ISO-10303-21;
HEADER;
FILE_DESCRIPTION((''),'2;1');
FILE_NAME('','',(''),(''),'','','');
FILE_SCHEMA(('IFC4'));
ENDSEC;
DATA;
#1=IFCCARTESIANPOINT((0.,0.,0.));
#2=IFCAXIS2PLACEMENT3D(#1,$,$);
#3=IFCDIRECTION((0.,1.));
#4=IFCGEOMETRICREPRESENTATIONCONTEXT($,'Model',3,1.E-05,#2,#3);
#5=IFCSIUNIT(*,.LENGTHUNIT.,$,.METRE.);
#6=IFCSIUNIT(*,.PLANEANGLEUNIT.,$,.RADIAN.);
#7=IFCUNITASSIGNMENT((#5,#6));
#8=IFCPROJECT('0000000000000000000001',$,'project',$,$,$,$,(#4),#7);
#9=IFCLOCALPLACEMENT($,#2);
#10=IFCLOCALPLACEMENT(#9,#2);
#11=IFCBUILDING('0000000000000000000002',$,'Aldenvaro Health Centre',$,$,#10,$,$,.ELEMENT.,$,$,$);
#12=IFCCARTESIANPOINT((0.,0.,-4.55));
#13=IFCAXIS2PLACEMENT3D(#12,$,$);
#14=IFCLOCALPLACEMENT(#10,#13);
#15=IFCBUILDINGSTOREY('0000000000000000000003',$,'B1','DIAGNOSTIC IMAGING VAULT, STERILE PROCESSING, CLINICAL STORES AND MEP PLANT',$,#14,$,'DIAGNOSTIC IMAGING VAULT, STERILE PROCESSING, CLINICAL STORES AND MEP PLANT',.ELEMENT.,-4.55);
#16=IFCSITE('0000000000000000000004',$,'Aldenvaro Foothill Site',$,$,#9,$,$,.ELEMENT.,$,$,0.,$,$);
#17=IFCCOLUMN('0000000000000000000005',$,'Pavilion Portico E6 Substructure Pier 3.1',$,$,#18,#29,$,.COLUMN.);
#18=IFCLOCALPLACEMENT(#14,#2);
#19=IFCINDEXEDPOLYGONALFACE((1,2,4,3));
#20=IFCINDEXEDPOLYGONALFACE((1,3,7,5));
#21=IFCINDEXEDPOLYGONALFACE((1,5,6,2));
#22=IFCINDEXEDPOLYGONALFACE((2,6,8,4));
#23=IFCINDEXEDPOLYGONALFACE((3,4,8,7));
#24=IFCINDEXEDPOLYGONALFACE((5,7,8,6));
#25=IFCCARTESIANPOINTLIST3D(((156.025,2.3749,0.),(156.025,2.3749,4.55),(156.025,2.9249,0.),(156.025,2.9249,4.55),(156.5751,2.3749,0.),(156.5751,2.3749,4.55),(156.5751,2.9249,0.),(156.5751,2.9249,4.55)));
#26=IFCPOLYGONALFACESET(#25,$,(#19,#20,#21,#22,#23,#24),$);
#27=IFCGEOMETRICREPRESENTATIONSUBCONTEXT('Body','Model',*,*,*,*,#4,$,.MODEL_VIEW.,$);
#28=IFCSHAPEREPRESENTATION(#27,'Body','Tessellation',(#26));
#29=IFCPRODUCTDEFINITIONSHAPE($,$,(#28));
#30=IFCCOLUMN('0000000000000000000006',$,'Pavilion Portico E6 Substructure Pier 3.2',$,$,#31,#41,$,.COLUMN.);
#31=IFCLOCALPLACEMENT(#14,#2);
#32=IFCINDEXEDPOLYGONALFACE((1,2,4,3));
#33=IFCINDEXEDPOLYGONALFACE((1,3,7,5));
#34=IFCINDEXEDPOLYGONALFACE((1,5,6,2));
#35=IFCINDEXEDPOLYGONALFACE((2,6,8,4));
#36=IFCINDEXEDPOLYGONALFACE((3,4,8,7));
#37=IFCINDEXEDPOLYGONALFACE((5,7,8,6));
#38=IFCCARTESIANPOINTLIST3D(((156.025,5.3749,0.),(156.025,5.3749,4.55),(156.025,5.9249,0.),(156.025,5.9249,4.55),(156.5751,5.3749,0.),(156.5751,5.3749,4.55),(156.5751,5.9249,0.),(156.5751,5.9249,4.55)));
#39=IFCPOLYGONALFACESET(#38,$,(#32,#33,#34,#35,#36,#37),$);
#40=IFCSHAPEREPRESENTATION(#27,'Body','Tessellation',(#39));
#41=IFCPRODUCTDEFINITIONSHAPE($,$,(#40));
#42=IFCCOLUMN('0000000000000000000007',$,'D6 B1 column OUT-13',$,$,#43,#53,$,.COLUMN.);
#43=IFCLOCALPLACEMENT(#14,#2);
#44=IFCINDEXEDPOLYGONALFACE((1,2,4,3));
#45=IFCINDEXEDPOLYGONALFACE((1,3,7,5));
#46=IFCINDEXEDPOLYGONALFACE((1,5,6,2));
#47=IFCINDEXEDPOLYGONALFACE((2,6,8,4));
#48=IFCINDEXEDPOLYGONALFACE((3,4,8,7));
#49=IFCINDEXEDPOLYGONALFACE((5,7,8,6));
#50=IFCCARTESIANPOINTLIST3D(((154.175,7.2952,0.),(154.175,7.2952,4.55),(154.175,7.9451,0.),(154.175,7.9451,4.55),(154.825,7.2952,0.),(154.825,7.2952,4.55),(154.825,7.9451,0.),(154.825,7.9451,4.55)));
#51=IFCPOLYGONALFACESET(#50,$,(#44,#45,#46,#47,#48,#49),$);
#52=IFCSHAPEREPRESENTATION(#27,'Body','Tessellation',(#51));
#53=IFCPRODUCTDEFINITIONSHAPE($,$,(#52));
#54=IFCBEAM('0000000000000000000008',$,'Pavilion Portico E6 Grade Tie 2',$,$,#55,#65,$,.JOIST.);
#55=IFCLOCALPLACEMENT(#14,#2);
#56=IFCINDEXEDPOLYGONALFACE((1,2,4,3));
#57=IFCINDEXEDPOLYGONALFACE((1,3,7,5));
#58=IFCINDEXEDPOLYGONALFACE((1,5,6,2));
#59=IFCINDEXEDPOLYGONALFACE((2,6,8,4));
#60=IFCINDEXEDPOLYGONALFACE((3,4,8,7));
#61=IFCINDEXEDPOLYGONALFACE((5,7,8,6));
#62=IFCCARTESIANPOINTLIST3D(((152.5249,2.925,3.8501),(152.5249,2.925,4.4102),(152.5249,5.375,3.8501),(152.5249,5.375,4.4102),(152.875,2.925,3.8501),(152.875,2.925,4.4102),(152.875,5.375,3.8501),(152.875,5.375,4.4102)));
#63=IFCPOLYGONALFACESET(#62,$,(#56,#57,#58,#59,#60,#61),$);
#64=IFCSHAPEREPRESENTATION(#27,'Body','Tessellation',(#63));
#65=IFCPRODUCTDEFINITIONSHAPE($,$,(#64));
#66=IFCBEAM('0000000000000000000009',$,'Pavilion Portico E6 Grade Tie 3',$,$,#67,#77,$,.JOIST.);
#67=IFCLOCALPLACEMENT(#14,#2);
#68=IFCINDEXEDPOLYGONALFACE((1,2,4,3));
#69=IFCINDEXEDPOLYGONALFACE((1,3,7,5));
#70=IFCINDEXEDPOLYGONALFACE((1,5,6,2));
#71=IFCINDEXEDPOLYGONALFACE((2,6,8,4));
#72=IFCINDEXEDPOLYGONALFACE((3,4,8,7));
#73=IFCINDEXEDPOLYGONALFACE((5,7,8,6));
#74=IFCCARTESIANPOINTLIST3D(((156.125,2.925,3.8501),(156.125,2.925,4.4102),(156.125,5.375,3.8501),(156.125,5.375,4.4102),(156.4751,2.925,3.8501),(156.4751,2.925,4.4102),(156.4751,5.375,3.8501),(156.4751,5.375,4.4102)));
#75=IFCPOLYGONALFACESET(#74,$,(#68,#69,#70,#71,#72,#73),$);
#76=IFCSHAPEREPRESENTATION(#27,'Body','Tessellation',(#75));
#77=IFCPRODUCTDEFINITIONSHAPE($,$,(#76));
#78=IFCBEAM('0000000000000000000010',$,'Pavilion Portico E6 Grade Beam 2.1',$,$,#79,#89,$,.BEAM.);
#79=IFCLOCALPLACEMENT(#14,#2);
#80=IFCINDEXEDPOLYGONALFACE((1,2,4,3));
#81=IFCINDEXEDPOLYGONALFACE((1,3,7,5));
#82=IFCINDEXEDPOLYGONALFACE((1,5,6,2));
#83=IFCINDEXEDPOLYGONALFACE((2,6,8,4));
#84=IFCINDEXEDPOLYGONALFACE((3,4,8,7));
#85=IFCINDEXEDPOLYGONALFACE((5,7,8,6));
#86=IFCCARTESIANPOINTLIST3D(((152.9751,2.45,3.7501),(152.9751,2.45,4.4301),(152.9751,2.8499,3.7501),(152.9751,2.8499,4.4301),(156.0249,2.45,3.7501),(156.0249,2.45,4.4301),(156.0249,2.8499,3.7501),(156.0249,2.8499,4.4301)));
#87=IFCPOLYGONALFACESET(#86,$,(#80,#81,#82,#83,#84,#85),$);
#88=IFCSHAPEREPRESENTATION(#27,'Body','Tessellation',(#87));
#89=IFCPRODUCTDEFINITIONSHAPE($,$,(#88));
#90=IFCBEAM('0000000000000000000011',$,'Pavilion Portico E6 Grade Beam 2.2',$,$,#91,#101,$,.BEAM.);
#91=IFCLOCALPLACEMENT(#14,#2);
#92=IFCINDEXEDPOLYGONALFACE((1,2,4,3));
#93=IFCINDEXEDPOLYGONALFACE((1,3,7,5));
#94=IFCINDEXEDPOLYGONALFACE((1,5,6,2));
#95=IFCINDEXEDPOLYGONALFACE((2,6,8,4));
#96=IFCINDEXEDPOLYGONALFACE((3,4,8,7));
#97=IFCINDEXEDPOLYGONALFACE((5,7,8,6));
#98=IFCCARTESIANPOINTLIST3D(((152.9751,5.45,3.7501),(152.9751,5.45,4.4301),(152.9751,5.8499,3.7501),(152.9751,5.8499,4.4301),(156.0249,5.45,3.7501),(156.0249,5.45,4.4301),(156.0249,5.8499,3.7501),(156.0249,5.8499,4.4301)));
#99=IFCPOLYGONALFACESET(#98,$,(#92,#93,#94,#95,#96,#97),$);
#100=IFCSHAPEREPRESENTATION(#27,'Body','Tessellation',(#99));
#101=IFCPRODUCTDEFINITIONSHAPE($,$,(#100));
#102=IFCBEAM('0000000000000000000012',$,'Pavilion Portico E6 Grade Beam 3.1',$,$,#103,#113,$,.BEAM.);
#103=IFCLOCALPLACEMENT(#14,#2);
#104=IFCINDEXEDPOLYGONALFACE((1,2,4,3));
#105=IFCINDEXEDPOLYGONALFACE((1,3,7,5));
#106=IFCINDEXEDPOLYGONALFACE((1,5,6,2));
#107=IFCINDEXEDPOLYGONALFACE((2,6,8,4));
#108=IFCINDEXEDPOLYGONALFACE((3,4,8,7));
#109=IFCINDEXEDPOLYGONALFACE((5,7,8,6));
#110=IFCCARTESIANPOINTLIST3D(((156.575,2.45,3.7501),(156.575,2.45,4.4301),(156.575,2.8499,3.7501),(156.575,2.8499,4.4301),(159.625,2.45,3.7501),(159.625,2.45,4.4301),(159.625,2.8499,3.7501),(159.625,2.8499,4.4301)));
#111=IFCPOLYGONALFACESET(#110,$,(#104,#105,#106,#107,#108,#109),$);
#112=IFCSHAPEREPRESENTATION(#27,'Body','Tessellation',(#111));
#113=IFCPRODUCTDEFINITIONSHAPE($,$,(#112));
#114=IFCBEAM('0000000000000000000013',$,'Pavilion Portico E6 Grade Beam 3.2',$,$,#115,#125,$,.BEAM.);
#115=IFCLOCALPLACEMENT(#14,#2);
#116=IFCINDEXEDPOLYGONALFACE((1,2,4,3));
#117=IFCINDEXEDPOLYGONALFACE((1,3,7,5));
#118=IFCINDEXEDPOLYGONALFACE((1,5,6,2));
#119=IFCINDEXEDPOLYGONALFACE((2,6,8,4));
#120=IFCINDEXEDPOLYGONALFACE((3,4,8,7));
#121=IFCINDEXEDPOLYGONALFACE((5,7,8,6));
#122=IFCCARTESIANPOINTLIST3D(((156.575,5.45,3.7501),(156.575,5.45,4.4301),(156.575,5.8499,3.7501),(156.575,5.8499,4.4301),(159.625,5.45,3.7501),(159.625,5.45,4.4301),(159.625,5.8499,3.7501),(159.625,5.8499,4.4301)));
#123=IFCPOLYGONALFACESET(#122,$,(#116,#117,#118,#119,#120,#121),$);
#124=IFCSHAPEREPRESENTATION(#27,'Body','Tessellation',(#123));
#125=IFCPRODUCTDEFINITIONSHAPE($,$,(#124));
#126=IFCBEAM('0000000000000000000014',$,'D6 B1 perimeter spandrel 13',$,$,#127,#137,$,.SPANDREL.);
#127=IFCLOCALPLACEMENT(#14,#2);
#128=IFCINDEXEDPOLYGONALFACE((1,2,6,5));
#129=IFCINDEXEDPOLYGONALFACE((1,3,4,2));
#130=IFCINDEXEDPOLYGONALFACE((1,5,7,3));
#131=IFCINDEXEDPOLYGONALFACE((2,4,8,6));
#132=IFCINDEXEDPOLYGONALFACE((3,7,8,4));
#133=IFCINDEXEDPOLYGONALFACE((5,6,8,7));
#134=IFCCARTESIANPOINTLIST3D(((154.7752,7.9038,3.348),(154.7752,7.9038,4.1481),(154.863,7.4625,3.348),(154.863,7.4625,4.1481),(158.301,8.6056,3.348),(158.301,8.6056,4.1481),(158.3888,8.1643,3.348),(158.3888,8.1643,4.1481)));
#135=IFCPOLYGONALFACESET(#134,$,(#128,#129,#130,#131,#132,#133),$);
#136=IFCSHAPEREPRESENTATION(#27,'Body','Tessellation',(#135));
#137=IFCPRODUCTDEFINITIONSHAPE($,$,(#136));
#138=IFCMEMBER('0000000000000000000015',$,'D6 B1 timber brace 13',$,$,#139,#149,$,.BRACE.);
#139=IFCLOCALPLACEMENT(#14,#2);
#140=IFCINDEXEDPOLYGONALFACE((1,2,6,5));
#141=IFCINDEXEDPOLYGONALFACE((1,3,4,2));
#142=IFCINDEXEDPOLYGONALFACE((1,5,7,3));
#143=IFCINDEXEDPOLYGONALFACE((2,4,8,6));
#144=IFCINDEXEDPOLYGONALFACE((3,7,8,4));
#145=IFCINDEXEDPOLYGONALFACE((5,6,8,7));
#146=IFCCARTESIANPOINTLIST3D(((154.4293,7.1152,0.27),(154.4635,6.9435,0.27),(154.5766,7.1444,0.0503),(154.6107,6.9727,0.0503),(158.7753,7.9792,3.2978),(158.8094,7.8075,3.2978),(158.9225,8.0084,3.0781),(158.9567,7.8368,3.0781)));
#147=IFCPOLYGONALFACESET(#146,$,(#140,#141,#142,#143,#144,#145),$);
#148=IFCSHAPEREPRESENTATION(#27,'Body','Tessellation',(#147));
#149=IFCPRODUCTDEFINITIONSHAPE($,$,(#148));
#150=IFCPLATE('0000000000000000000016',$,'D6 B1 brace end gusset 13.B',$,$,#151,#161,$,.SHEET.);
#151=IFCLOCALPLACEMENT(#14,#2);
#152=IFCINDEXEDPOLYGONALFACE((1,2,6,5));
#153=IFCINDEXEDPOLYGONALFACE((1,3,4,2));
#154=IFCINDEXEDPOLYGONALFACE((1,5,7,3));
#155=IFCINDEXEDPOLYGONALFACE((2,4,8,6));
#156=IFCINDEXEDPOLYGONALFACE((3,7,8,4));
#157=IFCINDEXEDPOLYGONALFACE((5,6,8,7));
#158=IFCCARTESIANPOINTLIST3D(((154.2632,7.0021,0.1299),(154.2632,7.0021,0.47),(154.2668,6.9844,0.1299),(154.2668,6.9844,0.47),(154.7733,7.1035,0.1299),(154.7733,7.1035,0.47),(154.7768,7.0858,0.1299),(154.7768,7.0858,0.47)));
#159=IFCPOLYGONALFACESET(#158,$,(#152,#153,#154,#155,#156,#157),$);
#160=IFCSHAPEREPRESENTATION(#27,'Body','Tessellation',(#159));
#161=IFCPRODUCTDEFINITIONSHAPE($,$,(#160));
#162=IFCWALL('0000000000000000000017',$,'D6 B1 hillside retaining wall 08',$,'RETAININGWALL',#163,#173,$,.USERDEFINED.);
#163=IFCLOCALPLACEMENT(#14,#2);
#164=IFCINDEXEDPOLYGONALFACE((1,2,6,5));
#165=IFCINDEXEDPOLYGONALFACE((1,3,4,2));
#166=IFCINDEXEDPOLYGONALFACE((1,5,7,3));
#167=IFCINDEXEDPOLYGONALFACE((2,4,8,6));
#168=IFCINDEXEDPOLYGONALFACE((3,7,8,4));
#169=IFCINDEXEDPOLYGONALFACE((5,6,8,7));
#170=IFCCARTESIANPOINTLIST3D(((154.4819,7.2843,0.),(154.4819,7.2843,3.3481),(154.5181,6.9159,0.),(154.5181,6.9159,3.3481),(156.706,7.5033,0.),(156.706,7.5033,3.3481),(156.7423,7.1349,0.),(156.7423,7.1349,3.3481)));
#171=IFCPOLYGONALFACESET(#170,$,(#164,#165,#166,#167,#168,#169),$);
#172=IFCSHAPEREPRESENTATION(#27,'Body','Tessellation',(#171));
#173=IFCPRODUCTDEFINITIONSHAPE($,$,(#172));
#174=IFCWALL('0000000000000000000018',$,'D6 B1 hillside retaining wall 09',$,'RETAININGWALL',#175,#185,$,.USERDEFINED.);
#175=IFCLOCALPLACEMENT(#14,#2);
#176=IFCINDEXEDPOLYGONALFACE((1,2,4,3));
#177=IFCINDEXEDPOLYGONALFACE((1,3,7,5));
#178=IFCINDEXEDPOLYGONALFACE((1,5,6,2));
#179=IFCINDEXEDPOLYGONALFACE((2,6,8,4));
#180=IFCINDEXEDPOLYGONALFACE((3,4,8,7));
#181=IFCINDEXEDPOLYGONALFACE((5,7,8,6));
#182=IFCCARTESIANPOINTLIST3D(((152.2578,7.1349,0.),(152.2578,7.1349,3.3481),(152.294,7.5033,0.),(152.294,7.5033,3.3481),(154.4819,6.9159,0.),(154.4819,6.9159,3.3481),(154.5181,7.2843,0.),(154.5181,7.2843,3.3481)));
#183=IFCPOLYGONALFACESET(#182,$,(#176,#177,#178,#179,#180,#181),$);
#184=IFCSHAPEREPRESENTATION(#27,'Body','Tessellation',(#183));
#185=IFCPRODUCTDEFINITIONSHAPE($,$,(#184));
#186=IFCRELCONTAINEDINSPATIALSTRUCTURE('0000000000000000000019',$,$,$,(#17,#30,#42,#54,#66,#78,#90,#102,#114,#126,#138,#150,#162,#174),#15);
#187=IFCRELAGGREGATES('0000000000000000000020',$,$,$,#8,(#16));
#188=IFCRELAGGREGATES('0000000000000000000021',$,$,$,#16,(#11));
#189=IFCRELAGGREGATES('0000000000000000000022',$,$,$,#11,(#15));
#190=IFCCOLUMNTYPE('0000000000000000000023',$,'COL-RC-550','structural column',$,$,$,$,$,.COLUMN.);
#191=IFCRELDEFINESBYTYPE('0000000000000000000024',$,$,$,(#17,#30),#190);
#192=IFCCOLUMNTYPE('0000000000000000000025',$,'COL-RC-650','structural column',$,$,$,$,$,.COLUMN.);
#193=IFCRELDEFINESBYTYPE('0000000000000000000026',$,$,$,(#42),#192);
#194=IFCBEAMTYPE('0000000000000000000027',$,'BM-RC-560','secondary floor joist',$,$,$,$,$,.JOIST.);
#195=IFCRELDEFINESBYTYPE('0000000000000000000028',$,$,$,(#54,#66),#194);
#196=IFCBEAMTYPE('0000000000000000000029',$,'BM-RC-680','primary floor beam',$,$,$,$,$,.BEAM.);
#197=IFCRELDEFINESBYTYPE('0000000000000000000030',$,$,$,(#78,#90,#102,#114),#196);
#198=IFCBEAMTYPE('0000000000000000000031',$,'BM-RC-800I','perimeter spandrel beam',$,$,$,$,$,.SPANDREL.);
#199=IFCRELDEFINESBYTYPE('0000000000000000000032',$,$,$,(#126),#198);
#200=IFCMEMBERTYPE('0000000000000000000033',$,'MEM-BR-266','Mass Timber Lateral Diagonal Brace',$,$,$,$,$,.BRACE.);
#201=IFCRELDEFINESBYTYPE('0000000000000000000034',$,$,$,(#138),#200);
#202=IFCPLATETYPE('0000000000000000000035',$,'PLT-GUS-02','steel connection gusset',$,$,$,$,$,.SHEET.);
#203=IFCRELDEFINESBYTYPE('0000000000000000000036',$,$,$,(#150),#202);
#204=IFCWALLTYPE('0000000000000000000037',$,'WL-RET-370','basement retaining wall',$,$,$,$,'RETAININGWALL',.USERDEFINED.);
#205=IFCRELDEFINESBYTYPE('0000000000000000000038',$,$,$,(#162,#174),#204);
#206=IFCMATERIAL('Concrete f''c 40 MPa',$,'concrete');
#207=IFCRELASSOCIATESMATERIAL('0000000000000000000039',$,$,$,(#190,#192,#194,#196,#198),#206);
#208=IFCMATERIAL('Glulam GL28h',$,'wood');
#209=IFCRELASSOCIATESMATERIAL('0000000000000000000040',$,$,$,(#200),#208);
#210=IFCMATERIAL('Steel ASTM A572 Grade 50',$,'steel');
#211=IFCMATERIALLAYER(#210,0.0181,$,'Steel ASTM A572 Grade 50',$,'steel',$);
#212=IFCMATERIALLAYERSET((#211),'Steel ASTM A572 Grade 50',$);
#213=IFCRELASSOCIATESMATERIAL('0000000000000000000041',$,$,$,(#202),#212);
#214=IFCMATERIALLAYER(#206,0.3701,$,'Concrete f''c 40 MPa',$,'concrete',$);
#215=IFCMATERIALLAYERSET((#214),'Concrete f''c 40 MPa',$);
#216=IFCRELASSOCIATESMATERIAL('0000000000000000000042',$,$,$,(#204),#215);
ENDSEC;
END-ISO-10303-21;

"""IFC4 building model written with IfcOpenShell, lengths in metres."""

from ifc_helpers import new_model, si_unit, direction, frame, frame_2d, origin, origin_2d, place, context, subcontext, project, spatial, rectangle, extrude, material, layer, layer_set, material_profile, profile_set, type_object, element, save


model = new_model("IFC4")

# Units and contexts
model_context = context("Model", 3, precision=1e-05, world=origin(), true_north=direction((0.0, 1.0)))
body_context = subcontext(model_context, "Body", "Model", "MODEL_VIEW")
ifc_project = project(units=[si_unit("LENGTHUNIT", "METRE"), si_unit("PLANEANGLEUNIT", "RADIAN")], contexts=[model_context])

# Site, building, storey
site_placement = place(None, origin())
site = spatial("IfcSite", under=ifc_project, at=site_placement, Name="Aldenvaro Foothill Site", CompositionType="ELEMENT", RefElevation=0.0)
building_placement = place(site_placement, origin())
building = spatial("IfcBuilding", under=site, at=building_placement, Name="Aldenvaro Health Centre", CompositionType="ELEMENT")
storey_placement = place(building_placement, frame((0.0, 0.0, -4.55)))
storey = spatial("IfcBuildingStorey", under=building, at=storey_placement, Name="B1", Description="DIAGNOSTIC IMAGING VAULT, STERILE PROCESSING, CLINICAL STORES AND MEP PLANT", LongName="DIAGNOSTIC IMAGING VAULT, STERILE PROCESSING, CLINICAL STORES AND MEP PLANT", CompositionType="ELEMENT", Elevation=-4.55)

# Shared definitions
ifc_material_1 = material(Name="Concrete f'c 40 MPa", Category="concrete")

# Columns
ifc_material_profile_1 = material_profile(ifc_material_1, rectangle(XDim=0.55, YDim=0.55, at=origin_2d()), Name="RC 550x550", Category="concrete")
ifc_profile_set_1 = profile_set([ifc_material_profile_1], Name="Concrete f'c 40 MPa")
column_type_1 = type_object("IfcColumnType", Name="COL-RC-550", Description="structural column", PredefinedType="COLUMN", material=ifc_profile_set_1)
for number, where, z_axis, x_axis, name in (
    (1, (156.3, 2.6499, 0.0), (0.0, 0.0, 1.0), (1.0, 0.0, 0.0), "Pavilion Portico E6 Substructure Pier 3.1"),
    (2, (156.3, 5.6499, 0.0), (0.0, 0.0, 1.0), (1.0, 0.0, 0.0), "Pavilion Portico E6 Substructure Pier 3.2"),
):
    element("IfcColumn", number, at=place(storey_placement, frame(where, z_axis=z_axis, x_axis=x_axis)), inside=storey, type_object=column_type_1, Name=name, PredefinedType="COLUMN", context=body_context, shape_type="SweptSolid", body=[
        extrude(rectangle(XDim=0.55, YDim=0.55, at=origin_2d()), origin(), (0.0, 0.0, 1.0), 4.55),
    ])
ifc_material_profile_2 = material_profile(ifc_material_1, rectangle(XDim=0.6499, YDim=0.6499, at=origin_2d()), Name="RC 650x650", Category="concrete")
ifc_profile_set_2 = profile_set([ifc_material_profile_2], Name="Concrete f'c 40 MPa")
column_type_2 = type_object("IfcColumnType", Name="COL-RC-650", Description="structural column", PredefinedType="COLUMN", material=ifc_profile_set_2)
column_placement = place(storey_placement, frame((154.5, 7.6201, 0.0), z_axis=(0.0, 0.0, 1.0), x_axis=(1.0, 0.0, 0.0)))
element("IfcColumn", 3, at=column_placement, inside=storey, type_object=column_type_2, Name="D6 B1 column OUT-13", PredefinedType="COLUMN", context=body_context, shape_type="SweptSolid", body=[
    extrude(rectangle(XDim=0.6499, YDim=0.6499, at=origin_2d()), origin(), (0.0, 0.0, 1.0), 4.55),
])

# Beams
ifc_material_profile_3 = material_profile(ifc_material_1, rectangle(XDim=0.3501, YDim=0.5601, at=origin_2d()), Name="RC 350x560", Category="concrete")
ifc_profile_set_3 = profile_set([ifc_material_profile_3], Name="Concrete f'c 40 MPa")
beam_type_1 = type_object("IfcBeamType", Name="BM-RC-560", Description="secondary floor joist", PredefinedType="JOIST", material=ifc_profile_set_3)
for number, where, z_axis, x_axis, name in (
    (4, (152.7, 2.925, 4.1301), (0.0, 1.0, 0.0), (-1.0, 0.0, 0.0), "Pavilion Portico E6 Grade Tie 2"),
    (5, (156.3, 2.925, 4.1301), (0.0, 1.0, 0.0), (-1.0, 0.0, 0.0), "Pavilion Portico E6 Grade Tie 3"),
):
    element("IfcBeam", number, at=place(storey_placement, frame(where, z_axis=z_axis, x_axis=x_axis)), inside=storey, type_object=beam_type_1, Name=name, PredefinedType="JOIST", context=body_context, shape_type="SweptSolid", body=[
        extrude(rectangle(XDim=0.3501, YDim=0.5601, at=origin_2d()), origin(), (0.0, 0.0, 1.0), 2.45),
    ])
ifc_material_profile_4 = material_profile(ifc_material_1, rectangle(XDim=0.3999, YDim=0.6799, at=origin_2d()), Name="RC 400x680", Category="concrete")
ifc_profile_set_4 = profile_set([ifc_material_profile_4], Name="Concrete f'c 40 MPa")
beam_type_2 = type_object("IfcBeamType", Name="BM-RC-680", Description="primary floor beam", PredefinedType="BEAM", material=ifc_profile_set_4)
for number, where, z_axis, x_axis, name in (
    (6, (152.9751, 2.6499, 4.0901), (1.0, 0.0, 0.0), (0.0, 1.0, 0.0), "Pavilion Portico E6 Grade Beam 2.1"),
    (7, (152.9751, 5.6499, 4.0901), (1.0, 0.0, 0.0), (0.0, 1.0, 0.0), "Pavilion Portico E6 Grade Beam 2.2"),
):
    element("IfcBeam", number, at=place(storey_placement, frame(where, z_axis=z_axis, x_axis=x_axis)), inside=storey, type_object=beam_type_2, Name=name, PredefinedType="BEAM", context=body_context, shape_type="SweptSolid", body=[
        extrude(rectangle(XDim=0.3999, YDim=0.6799, at=origin_2d()), origin(), (0.0, 0.0, 1.0), 3.0498),
    ])
for number, where, z_axis, x_axis, name in (
    (8, (156.575, 2.6499, 4.0901), (1.0, 0.0, 0.0), (0.0, 1.0, 0.0), "Pavilion Portico E6 Grade Beam 3.1"),
    (9, (156.575, 5.6499, 4.0901), (1.0, 0.0, 0.0), (0.0, 1.0, 0.0), "Pavilion Portico E6 Grade Beam 3.2"),
):
    element("IfcBeam", number, at=place(storey_placement, frame(where, z_axis=z_axis, x_axis=x_axis)), inside=storey, type_object=beam_type_2, Name=name, PredefinedType="BEAM", context=body_context, shape_type="SweptSolid", body=[
        extrude(rectangle(XDim=0.3999, YDim=0.6799, at=origin_2d()), origin(), (0.0, 0.0, 1.0), 3.05),
    ])
ifc_material_profile_5 = material_profile(ifc_material_1, rectangle(XDim=0.45, YDim=0.8, at=origin_2d()), Name="RC 450x800", Category="concrete")
ifc_profile_set_5 = profile_set([ifc_material_profile_5], Name="Concrete f'c 40 MPa")
beam_type_3 = type_object("IfcBeamType", Name="BM-RC-800I", Description="perimeter spandrel beam", PredefinedType="SPANDREL", material=ifc_profile_set_5)
beam_placement = place(storey_placement, frame((154.8191, 7.6831, 3.748), z_axis=(0.980755, 0.195241, 0.0), x_axis=(-0.195241, 0.980755, 0.0)))
element("IfcBeam", 10, at=beam_placement, inside=storey, type_object=beam_type_3, Name="D6 B1 perimeter spandrel 13", PredefinedType="SPANDREL", context=body_context, shape_type="SweptSolid", body=[
    extrude(rectangle(XDim=0.45, YDim=0.8, at=origin_2d()), origin(), (0.0, 0.0, 1.0), 3.595),
])

# Member
ifc_material_2 = material(Name="Glulam GL28h", Category="wood")
ifc_material_profile_6 = material_profile(ifc_material_2, rectangle(XDim=0.175, YDim=0.2661, at=origin_2d()), Name="GL 175x266", Category="wood")
ifc_profile_set_6 = profile_set([ifc_material_profile_6], Name="Glulam GL28h")
member_type = type_object("IfcMemberType", Name="MEM-BR-266", Description="Mass Timber Lateral Diagonal Brace", PredefinedType="BRACE", material=ifc_profile_set_6)
member_placement = place(storey_placement, frame((154.52, 7.0439, 0.1602), z_axis=(0.809798, 0.160995, 0.564188), x_axis=(-0.194993, 0.980805, 0.0)))
element("IfcMember", 11, at=member_placement, inside=storey, type_object=member_type, Name="D6 B1 timber brace 13", PredefinedType="BRACE", context=body_context, shape_type="SweptSolid", body=[
    extrude(rectangle(XDim=0.175, YDim=0.2661, at=origin_2d()), origin(), (0.0, 0.0, 1.0), 5.3667),
])

# Plate
ifc_material_3 = material(Name="Steel ASTM A572 Grade 50", Category="steel")
ifc_layer_1 = layer(ifc_material_3, 0.0181, Name="Steel ASTM A572 Grade 50", Category="steel")
ifc_layer_set_1 = layer_set([ifc_layer_1], Name="Steel ASTM A572 Grade 50")
plate_type = type_object("IfcPlateType", Name="PLT-GUS-02", Description="steel connection gusset", PredefinedType="SHEET", material=ifc_layer_set_1)
plate_placement = place(storey_placement, frame((154.52, 7.0439, 0.1299), z_axis=(0.0, 0.0, 1.0), x_axis=(0.980806, 0.194988, 0.0)))
element("IfcPlate", 12, at=plate_placement, inside=storey, type_object=plate_type, Name="D6 B1 brace end gusset 13.B", PredefinedType="SHEET", context=body_context, shape_type="SweptSolid", body=[
    extrude(rectangle(XDim=0.52, YDim=0.0181, at=origin_2d()), origin(), (0.0, 0.0, 1.0), 0.3401),
])

# Walls
ifc_layer_2 = layer(ifc_material_1, 0.3701, Name="Concrete f'c 40 MPa", Category="concrete")
ifc_layer_set_2 = layer_set([ifc_layer_2], Name="Concrete f'c 40 MPa")
wall_type = type_object("IfcWallType", Name="WL-RET-370", Description="basement retaining wall", ElementType="RETAININGWALL", PredefinedType="USERDEFINED", material=ifc_layer_set_2)
for number, where, z_axis, x_axis, name in (
    (13, (156.7241, 7.3191, 0.0), (0.0, 0.0, 1.0), (-0.995187, -0.097989, 0.0), "D6 B1 hillside retaining wall 08"),
    (14, (154.5, 7.1001, 0.0), (0.0, 0.0, 1.0), (-0.995187, 0.097989, 0.0), "D6 B1 hillside retaining wall 09"),
):
    element("IfcWall", number, at=place(storey_placement, frame(where, z_axis=z_axis, x_axis=x_axis)), inside=storey, type_object=wall_type, Name=name, ObjectType="RETAININGWALL", PredefinedType="USERDEFINED", context=body_context, shape_type="SweptSolid", body=[
        extrude(rectangle(XDim=2.2349, YDim=0.3701, at=frame_2d((1.1174, 0.0))), origin(), (0.0, 0.0, 1.0), 3.3481),
    ])

save(model, "model.ifc")
